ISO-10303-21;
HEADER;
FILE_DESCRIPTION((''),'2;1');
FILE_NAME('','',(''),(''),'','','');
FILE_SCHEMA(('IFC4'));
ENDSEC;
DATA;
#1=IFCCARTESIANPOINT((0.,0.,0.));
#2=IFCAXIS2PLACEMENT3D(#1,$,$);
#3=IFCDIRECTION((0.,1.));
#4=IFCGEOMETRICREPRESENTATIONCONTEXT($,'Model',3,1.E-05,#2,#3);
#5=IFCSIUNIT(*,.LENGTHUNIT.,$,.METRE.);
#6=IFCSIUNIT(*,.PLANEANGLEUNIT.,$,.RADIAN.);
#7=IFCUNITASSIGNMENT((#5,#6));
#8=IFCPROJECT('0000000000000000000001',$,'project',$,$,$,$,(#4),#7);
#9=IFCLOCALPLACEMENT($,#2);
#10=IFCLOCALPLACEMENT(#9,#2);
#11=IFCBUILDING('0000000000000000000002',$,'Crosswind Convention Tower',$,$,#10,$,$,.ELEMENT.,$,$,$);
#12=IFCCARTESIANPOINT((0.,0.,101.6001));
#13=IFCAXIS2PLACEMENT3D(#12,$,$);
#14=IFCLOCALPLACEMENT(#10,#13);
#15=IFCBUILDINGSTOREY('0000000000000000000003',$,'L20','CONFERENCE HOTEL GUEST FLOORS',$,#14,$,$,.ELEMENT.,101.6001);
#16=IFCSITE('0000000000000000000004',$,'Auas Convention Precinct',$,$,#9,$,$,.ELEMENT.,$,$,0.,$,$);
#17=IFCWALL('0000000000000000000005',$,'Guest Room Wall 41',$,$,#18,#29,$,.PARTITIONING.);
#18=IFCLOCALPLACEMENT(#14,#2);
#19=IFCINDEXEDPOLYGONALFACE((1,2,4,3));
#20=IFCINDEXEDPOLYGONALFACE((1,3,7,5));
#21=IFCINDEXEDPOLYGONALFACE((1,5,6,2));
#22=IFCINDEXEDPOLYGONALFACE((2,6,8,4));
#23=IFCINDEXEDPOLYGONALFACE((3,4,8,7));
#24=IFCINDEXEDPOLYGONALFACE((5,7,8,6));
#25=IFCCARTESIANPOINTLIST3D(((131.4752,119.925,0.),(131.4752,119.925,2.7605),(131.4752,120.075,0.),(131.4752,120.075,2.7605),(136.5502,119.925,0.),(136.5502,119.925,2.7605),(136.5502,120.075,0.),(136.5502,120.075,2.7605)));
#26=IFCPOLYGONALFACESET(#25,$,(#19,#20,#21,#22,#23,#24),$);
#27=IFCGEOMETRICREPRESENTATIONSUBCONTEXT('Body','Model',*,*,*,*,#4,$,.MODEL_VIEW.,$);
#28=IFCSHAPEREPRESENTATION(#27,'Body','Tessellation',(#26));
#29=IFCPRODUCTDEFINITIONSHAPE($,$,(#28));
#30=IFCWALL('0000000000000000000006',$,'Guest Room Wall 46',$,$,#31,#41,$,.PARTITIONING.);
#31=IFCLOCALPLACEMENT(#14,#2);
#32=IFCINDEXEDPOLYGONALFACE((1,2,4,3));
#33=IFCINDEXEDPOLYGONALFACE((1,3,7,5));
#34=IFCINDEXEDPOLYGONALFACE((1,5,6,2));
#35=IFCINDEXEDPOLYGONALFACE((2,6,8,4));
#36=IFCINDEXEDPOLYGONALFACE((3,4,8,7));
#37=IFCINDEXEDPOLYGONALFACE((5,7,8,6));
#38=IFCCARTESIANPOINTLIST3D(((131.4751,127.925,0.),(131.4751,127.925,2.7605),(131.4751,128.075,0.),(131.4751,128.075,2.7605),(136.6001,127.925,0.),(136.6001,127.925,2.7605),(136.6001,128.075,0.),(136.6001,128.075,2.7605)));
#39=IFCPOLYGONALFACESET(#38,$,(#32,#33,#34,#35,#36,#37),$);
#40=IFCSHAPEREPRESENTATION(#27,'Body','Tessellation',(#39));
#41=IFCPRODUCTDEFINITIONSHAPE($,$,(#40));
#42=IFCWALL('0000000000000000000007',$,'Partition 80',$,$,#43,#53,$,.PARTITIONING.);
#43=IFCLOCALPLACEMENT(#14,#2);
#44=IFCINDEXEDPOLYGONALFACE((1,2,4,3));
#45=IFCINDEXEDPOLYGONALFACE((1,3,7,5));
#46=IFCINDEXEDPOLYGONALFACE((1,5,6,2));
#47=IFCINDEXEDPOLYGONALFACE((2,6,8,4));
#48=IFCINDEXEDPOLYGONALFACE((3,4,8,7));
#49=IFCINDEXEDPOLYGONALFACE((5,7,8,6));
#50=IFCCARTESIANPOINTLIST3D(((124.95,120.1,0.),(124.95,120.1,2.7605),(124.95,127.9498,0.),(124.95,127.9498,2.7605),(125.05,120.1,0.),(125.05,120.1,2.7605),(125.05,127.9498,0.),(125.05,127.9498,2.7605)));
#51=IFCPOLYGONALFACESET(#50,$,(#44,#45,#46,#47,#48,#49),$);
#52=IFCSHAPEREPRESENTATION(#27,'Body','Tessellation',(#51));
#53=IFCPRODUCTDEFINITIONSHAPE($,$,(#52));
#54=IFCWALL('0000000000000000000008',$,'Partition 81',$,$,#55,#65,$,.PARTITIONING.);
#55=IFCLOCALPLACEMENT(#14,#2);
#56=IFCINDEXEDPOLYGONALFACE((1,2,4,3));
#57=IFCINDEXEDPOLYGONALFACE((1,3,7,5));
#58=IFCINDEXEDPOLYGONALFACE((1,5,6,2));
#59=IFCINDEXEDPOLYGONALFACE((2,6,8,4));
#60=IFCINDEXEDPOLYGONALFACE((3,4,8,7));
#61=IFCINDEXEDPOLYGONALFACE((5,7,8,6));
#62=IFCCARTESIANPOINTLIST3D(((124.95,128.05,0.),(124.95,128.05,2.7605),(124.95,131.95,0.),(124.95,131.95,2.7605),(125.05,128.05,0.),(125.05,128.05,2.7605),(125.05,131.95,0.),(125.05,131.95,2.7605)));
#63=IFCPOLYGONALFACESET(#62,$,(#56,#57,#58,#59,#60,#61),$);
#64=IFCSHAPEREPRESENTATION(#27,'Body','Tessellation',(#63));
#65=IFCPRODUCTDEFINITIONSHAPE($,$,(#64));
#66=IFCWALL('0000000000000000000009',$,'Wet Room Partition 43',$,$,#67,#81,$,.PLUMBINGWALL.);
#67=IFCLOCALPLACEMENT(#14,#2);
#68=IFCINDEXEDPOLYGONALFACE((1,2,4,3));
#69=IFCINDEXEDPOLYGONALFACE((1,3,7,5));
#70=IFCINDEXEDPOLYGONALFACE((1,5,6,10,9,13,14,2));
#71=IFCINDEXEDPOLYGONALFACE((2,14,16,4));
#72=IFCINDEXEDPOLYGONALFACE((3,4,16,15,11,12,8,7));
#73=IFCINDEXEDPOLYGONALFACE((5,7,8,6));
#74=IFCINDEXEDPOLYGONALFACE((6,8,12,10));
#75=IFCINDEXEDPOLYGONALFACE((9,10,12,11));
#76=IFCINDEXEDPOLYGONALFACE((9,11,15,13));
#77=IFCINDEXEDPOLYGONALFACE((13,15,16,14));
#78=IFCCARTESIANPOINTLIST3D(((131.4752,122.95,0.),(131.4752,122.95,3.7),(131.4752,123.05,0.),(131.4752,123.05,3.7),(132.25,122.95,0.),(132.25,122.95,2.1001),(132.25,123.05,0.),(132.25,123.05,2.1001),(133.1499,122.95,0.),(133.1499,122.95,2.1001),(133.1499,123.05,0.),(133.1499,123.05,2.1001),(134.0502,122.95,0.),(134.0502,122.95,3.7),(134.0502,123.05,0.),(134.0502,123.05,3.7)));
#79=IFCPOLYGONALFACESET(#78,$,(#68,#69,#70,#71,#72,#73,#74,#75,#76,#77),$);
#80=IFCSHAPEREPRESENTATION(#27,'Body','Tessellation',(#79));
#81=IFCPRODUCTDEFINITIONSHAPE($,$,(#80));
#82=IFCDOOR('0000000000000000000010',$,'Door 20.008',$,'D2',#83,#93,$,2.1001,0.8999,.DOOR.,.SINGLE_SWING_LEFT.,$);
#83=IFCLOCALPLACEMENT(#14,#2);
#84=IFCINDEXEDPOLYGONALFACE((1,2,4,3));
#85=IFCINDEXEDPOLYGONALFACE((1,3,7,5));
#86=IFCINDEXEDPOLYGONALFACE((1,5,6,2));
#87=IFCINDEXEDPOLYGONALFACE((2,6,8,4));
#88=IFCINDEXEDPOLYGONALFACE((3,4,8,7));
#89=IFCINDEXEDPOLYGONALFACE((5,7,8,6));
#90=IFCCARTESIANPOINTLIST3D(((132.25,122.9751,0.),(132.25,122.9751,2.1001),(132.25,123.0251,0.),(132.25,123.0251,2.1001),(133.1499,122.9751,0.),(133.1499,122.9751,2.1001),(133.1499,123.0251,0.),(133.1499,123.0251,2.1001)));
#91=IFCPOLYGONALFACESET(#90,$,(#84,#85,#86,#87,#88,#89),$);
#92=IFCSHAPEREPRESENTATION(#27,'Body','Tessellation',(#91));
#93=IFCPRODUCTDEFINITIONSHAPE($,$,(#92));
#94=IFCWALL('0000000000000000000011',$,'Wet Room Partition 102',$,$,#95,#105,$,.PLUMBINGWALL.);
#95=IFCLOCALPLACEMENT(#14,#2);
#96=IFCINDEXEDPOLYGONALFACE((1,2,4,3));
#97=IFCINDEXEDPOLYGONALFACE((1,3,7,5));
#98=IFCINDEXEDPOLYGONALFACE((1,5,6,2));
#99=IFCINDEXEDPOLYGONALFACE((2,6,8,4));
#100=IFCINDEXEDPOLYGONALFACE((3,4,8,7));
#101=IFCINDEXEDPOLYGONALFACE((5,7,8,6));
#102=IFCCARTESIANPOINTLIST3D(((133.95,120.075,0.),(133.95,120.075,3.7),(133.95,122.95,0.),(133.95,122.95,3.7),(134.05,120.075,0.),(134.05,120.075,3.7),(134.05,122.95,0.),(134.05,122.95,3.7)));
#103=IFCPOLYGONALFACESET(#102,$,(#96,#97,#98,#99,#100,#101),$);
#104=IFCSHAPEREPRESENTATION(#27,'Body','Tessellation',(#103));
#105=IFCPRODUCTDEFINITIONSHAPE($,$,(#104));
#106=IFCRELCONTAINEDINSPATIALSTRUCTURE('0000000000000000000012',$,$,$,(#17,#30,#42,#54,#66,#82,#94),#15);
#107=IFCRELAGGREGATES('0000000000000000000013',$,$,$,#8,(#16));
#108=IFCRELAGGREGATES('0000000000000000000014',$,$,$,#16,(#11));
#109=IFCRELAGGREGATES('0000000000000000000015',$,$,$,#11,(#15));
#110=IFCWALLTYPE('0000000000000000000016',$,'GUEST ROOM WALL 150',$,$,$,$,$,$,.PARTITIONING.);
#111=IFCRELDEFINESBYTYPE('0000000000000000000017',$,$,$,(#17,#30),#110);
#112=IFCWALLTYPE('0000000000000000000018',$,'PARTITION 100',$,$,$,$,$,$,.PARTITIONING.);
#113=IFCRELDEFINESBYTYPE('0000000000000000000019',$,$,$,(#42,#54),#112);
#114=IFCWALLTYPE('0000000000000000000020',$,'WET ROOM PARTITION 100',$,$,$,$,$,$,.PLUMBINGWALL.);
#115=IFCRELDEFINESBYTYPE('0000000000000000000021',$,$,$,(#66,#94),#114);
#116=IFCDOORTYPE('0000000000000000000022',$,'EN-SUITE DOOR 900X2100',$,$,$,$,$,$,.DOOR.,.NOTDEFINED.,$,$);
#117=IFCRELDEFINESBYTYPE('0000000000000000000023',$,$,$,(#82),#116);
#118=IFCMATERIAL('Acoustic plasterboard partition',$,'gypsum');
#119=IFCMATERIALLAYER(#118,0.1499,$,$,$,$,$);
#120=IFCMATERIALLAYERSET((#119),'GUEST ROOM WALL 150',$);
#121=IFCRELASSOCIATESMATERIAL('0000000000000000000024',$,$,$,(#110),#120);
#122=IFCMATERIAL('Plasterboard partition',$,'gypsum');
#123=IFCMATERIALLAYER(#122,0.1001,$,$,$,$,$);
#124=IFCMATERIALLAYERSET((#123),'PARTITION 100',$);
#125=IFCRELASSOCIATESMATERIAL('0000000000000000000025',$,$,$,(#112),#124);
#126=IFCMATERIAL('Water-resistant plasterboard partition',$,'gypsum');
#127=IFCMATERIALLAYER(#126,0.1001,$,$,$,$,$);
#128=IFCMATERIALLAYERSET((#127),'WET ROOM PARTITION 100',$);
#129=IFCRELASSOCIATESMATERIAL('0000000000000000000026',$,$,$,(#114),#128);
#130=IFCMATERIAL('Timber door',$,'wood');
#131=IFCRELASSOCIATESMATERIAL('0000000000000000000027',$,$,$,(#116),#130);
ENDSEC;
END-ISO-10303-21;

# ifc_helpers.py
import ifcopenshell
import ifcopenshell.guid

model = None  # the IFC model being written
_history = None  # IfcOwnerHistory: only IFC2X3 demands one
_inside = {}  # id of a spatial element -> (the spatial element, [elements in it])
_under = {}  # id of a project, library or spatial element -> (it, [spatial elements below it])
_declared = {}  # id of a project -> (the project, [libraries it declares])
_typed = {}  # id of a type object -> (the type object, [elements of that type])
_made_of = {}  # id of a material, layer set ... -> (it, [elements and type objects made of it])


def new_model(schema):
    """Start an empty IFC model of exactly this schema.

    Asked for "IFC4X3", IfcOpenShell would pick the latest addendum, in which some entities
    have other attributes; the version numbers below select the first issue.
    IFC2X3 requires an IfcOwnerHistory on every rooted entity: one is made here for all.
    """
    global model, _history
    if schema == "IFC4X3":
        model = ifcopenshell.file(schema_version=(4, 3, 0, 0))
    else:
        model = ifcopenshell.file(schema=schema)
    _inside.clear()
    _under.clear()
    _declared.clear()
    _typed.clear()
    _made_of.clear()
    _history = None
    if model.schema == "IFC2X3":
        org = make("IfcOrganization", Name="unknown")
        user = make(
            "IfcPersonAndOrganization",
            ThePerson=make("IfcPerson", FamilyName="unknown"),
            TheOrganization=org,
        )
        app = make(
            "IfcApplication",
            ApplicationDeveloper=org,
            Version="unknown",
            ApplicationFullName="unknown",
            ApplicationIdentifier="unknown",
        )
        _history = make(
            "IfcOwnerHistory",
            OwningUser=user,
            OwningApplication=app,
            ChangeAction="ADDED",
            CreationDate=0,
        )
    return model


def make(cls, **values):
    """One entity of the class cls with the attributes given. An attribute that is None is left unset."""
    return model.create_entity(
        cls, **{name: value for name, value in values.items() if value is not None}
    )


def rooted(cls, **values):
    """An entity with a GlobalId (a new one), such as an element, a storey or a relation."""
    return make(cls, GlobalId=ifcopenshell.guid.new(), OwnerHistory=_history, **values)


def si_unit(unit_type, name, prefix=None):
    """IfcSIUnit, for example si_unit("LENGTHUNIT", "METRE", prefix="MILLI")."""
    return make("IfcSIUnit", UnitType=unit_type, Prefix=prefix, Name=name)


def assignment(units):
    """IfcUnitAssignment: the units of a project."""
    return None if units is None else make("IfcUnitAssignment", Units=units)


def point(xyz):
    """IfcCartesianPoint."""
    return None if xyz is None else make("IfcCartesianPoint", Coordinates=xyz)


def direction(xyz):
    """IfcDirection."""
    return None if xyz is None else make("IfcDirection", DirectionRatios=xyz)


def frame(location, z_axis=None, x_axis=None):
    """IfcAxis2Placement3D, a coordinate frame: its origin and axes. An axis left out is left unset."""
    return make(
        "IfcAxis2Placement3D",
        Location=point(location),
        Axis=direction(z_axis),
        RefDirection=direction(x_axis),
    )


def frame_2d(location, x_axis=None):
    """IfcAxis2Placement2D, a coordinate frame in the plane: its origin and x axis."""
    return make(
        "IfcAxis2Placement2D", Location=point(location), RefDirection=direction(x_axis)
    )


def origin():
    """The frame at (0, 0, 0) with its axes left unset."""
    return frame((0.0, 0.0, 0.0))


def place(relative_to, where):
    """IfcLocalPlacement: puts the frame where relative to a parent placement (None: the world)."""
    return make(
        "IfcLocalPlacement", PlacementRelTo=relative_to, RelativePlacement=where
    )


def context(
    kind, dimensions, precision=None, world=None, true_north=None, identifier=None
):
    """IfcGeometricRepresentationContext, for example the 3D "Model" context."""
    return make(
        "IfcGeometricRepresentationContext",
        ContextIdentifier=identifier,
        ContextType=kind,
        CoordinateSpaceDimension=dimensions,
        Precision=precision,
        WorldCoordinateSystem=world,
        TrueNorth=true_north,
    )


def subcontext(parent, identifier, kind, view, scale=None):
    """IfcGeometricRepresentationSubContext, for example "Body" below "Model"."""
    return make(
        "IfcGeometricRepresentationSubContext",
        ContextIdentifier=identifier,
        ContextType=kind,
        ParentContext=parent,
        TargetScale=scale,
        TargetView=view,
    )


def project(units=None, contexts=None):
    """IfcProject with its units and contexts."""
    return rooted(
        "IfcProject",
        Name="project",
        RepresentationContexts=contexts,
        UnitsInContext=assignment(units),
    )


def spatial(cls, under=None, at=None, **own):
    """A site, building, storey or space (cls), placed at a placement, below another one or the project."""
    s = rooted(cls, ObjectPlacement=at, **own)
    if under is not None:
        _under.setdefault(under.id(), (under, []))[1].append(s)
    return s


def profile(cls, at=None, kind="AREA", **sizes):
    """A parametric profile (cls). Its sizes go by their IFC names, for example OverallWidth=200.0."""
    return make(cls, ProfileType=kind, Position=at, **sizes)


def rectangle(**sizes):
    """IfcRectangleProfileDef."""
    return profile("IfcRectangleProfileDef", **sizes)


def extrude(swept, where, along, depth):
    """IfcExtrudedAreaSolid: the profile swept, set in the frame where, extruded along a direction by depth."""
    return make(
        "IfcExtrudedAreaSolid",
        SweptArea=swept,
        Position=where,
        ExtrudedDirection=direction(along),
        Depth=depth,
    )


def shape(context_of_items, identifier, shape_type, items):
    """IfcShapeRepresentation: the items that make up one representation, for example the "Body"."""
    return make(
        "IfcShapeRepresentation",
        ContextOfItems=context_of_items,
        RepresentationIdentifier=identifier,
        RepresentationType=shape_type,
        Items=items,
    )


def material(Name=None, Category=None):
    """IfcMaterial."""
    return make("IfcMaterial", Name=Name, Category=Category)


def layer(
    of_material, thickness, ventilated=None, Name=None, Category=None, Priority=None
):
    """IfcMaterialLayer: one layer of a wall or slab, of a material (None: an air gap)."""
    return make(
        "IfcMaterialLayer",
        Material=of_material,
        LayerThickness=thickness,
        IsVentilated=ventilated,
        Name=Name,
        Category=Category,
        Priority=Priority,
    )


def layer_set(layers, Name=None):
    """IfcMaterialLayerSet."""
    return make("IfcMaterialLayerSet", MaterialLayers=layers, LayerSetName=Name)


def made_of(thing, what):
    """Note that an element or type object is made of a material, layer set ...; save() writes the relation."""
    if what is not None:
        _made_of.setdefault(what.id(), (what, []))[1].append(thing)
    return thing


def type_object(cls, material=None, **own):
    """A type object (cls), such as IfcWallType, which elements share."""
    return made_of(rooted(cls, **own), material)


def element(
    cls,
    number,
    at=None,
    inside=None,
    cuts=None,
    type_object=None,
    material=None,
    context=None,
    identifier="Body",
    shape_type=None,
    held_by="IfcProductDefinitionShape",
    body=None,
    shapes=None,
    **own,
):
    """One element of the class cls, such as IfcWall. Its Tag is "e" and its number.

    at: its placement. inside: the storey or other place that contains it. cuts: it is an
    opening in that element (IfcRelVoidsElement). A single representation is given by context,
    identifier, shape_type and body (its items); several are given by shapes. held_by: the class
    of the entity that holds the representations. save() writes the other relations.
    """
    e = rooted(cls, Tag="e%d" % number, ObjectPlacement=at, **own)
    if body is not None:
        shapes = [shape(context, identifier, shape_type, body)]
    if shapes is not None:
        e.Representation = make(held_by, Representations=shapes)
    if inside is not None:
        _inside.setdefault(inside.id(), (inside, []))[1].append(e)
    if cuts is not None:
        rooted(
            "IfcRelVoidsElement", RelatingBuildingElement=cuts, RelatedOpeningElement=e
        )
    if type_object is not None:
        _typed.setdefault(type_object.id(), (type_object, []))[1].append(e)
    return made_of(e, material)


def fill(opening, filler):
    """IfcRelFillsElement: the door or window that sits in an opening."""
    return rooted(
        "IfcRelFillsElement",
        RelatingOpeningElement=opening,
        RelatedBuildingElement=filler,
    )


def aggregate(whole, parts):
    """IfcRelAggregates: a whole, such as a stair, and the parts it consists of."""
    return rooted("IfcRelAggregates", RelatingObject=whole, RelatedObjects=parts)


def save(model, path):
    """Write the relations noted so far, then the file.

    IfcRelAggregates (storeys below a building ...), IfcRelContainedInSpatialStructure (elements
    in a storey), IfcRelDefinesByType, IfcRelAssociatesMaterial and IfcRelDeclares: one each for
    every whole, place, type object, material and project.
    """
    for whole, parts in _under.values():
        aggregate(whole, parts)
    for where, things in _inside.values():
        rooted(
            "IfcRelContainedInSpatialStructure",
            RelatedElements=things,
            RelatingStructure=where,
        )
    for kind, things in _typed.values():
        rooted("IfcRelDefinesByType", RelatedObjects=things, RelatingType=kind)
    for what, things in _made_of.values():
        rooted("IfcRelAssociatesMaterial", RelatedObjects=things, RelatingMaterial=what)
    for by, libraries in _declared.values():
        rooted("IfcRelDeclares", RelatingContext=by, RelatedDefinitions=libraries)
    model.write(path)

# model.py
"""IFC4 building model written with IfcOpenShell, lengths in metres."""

from ifc_helpers import new_model, si_unit, direction, frame, frame_2d, origin, place, context, subcontext, project, spatial, rectangle, extrude, material, layer, layer_set, type_object, element, fill, save


model = new_model("IFC4")

# Units and contexts
model_context = context("Model", 3, precision=1e-05, world=origin(), true_north=direction((0.0, 1.0)))
body_context = subcontext(model_context, "Body", "Model", "MODEL_VIEW")
ifc_project = project(units=[si_unit("LENGTHUNIT", "METRE"), si_unit("PLANEANGLEUNIT", "RADIAN")], contexts=[model_context])

# Site, building, storey
site_placement = place(None, origin())
site = spatial("IfcSite", under=ifc_project, at=site_placement, Name="Auas Convention Precinct", CompositionType="ELEMENT", RefElevation=0.0)
building_placement = place(site_placement, origin())
building = spatial("IfcBuilding", under=site, at=building_placement, Name="Crosswind Convention Tower", CompositionType="ELEMENT")
storey_placement = place(building_placement, frame((0.0, 0.0, 101.6001)))
storey = spatial("IfcBuildingStorey", under=building, at=storey_placement, Name="L20", Description="CONFERENCE HOTEL GUEST FLOORS", CompositionType="ELEMENT", Elevation=101.6001)

# Shared definitions
ifc_material_1 = material(Name="Plasterboard partition", Category="gypsum")

# Walls
ifc_material_2 = material(Name="Acoustic plasterboard partition", Category="gypsum")
ifc_layer_1 = layer(ifc_material_2, 0.1499)
ifc_layer_set_1 = layer_set([ifc_layer_1], Name="GUEST ROOM WALL 150")
wall_type_1 = type_object("IfcWallType", Name="GUEST ROOM WALL 150", PredefinedType="PARTITIONING", material=ifc_layer_set_1)
wall_1_placement = place(storey_placement, frame((131.4751, 120.0, 0.0), z_axis=(0.0, 0.0, 1.0), x_axis=(1.0, 0.0, 0.0)))
element("IfcWall", 1, at=wall_1_placement, inside=storey, type_object=wall_type_1, Name="Guest Room Wall 41", PredefinedType="PARTITIONING", context=body_context, shape_type="SweptSolid", body=[
    extrude(rectangle(XDim=5.075, YDim=0.1499, at=frame_2d((2.5376, 0.0))), origin(), (0.0, 0.0, 1.0), 2.7605),
])
wall_2_placement = place(storey_placement, frame((131.4751, 128.0, 0.0), z_axis=(0.0, 0.0, 1.0), x_axis=(1.0, 0.0, 0.0)))
element("IfcWall", 2, at=wall_2_placement, inside=storey, type_object=wall_type_1, Name="Guest Room Wall 46", PredefinedType="PARTITIONING", context=body_context, shape_type="SweptSolid", body=[
    extrude(rectangle(XDim=5.125, YDim=0.1499, at=frame_2d((2.5625, 0.0))), origin(), (0.0, 0.0, 1.0), 2.7605),
])
ifc_layer_2 = layer(ifc_material_1, 0.1001)
ifc_layer_set_2 = layer_set([ifc_layer_2], Name="PARTITION 100")
wall_type_2 = type_object("IfcWallType", Name="PARTITION 100", PredefinedType="PARTITIONING", material=ifc_layer_set_2)
wall_3_placement = place(storey_placement, frame((125.0, 120.1001, 0.0), z_axis=(0.0, 0.0, 1.0), x_axis=(0.0, 1.0, 0.0)))
element("IfcWall", 3, at=wall_3_placement, inside=storey, type_object=wall_type_2, Name="Partition 80", PredefinedType="PARTITIONING", context=body_context, shape_type="SweptSolid", body=[
    extrude(rectangle(XDim=7.8499, YDim=0.1001, at=frame_2d((3.9248, 0.0))), origin(), (0.0, 0.0, 1.0), 2.7605),
])
wall_4_placement = place(storey_placement, frame((125.0, 128.05, 0.0), z_axis=(0.0, 0.0, 1.0), x_axis=(0.0, 1.0, 0.0)))
element("IfcWall", 4, at=wall_4_placement, inside=storey, type_object=wall_type_2, Name="Partition 81", PredefinedType="PARTITIONING", context=body_context, shape_type="SweptSolid", body=[
    extrude(rectangle(XDim=3.8999, YDim=0.1001, at=frame_2d((1.95, 0.0))), origin(), (0.0, 0.0, 1.0), 2.7605),
])

# Wall, opening, door
ifc_material_3 = material(Name="Water-resistant plasterboard partition", Category="gypsum")
ifc_layer_3 = layer(ifc_material_3, 0.1001)
ifc_layer_set_3 = layer_set([ifc_layer_3], Name="WET ROOM PARTITION 100")
wall_type_3 = type_object("IfcWallType", Name="WET ROOM PARTITION 100", PredefinedType="PLUMBINGWALL", material=ifc_layer_set_3)
wall_5_placement = place(storey_placement, frame((131.4751, 123.0, 0.0), z_axis=(0.0, 0.0, 1.0), x_axis=(1.0, 0.0, 0.0)))
wall_5 = element("IfcWall", 5, at=wall_5_placement, inside=storey, type_object=wall_type_3, Name="Wet Room Partition 43", PredefinedType="PLUMBINGWALL", context=body_context, shape_type="SweptSolid", body=[
    extrude(rectangle(XDim=2.575, YDim=0.1001, at=frame_2d((1.2876, 0.0))), origin(), (0.0, 0.0, 1.0), 3.7),
])
opening_1_placement = place(wall_5_placement, frame((0.7749, 0.0, 0.0)))
opening_1 = element("IfcOpeningElement", 6, at=opening_1_placement, cuts=wall_5, PredefinedType="OPENING", context=body_context, shape_type="SweptSolid", body=[
    extrude(rectangle(XDim=0.8999, YDim=2.1001, at=frame_2d((0.45, 1.05))), frame((0.0, 0.0601, 0.0), z_axis=(0.0, -1.0, 0.0), x_axis=(1.0, 0.0, 0.0)), (0.0, 0.0, 1.0), 0.1201),
])
ifc_material_4 = material(Name="Timber door", Category="wood")
door_type_1 = type_object("IfcDoorType", Name="EN-SUITE DOOR 900X2100", OperationType="NOTDEFINED", PredefinedType="DOOR", material=ifc_material_4)
door_1_placement = place(opening_1_placement, frame((0.8999, 0.0, 0.0), z_axis=(0.0, 0.0, 1.0), x_axis=(-1.0, 0.0, 0.0)))
door_1 = element("IfcDoor", 7, at=door_1_placement, inside=storey, type_object=door_type_1, Name="Door 20.008", ObjectType="D2", OperationType="SINGLE_SWING_LEFT", OverallHeight=2.1001, OverallWidth=0.8999, PredefinedType="DOOR", context=body_context, shape_type="SweptSolid", body=[
    extrude(rectangle(XDim=0.8999, YDim=2.1001, at=frame_2d((0.45, 1.05))), frame((0.0, 0.0249, 0.0), z_axis=(0.0, -1.0, 0.0), x_axis=(1.0, 0.0, 0.0)), (0.0, 0.0, 1.0), 0.05),
])
fill(opening_1, door_1)

# Wall
wall_6_placement = place(storey_placement, frame((134.0, 120.075, 0.0), z_axis=(0.0, 0.0, 1.0), x_axis=(0.0, 1.0, 0.0)))
element("IfcWall", 8, at=wall_6_placement, inside=storey, type_object=wall_type_3, Name="Wet Room Partition 102", PredefinedType="PLUMBINGWALL", context=body_context, shape_type="SweptSolid", body=[
    extrude(rectangle(XDim=2.875, YDim=0.1001, at=frame_2d((1.4375, 0.0))), origin(), (0.0, 0.0, 1.0), 3.7),
])

save(model, "model.ifc")
